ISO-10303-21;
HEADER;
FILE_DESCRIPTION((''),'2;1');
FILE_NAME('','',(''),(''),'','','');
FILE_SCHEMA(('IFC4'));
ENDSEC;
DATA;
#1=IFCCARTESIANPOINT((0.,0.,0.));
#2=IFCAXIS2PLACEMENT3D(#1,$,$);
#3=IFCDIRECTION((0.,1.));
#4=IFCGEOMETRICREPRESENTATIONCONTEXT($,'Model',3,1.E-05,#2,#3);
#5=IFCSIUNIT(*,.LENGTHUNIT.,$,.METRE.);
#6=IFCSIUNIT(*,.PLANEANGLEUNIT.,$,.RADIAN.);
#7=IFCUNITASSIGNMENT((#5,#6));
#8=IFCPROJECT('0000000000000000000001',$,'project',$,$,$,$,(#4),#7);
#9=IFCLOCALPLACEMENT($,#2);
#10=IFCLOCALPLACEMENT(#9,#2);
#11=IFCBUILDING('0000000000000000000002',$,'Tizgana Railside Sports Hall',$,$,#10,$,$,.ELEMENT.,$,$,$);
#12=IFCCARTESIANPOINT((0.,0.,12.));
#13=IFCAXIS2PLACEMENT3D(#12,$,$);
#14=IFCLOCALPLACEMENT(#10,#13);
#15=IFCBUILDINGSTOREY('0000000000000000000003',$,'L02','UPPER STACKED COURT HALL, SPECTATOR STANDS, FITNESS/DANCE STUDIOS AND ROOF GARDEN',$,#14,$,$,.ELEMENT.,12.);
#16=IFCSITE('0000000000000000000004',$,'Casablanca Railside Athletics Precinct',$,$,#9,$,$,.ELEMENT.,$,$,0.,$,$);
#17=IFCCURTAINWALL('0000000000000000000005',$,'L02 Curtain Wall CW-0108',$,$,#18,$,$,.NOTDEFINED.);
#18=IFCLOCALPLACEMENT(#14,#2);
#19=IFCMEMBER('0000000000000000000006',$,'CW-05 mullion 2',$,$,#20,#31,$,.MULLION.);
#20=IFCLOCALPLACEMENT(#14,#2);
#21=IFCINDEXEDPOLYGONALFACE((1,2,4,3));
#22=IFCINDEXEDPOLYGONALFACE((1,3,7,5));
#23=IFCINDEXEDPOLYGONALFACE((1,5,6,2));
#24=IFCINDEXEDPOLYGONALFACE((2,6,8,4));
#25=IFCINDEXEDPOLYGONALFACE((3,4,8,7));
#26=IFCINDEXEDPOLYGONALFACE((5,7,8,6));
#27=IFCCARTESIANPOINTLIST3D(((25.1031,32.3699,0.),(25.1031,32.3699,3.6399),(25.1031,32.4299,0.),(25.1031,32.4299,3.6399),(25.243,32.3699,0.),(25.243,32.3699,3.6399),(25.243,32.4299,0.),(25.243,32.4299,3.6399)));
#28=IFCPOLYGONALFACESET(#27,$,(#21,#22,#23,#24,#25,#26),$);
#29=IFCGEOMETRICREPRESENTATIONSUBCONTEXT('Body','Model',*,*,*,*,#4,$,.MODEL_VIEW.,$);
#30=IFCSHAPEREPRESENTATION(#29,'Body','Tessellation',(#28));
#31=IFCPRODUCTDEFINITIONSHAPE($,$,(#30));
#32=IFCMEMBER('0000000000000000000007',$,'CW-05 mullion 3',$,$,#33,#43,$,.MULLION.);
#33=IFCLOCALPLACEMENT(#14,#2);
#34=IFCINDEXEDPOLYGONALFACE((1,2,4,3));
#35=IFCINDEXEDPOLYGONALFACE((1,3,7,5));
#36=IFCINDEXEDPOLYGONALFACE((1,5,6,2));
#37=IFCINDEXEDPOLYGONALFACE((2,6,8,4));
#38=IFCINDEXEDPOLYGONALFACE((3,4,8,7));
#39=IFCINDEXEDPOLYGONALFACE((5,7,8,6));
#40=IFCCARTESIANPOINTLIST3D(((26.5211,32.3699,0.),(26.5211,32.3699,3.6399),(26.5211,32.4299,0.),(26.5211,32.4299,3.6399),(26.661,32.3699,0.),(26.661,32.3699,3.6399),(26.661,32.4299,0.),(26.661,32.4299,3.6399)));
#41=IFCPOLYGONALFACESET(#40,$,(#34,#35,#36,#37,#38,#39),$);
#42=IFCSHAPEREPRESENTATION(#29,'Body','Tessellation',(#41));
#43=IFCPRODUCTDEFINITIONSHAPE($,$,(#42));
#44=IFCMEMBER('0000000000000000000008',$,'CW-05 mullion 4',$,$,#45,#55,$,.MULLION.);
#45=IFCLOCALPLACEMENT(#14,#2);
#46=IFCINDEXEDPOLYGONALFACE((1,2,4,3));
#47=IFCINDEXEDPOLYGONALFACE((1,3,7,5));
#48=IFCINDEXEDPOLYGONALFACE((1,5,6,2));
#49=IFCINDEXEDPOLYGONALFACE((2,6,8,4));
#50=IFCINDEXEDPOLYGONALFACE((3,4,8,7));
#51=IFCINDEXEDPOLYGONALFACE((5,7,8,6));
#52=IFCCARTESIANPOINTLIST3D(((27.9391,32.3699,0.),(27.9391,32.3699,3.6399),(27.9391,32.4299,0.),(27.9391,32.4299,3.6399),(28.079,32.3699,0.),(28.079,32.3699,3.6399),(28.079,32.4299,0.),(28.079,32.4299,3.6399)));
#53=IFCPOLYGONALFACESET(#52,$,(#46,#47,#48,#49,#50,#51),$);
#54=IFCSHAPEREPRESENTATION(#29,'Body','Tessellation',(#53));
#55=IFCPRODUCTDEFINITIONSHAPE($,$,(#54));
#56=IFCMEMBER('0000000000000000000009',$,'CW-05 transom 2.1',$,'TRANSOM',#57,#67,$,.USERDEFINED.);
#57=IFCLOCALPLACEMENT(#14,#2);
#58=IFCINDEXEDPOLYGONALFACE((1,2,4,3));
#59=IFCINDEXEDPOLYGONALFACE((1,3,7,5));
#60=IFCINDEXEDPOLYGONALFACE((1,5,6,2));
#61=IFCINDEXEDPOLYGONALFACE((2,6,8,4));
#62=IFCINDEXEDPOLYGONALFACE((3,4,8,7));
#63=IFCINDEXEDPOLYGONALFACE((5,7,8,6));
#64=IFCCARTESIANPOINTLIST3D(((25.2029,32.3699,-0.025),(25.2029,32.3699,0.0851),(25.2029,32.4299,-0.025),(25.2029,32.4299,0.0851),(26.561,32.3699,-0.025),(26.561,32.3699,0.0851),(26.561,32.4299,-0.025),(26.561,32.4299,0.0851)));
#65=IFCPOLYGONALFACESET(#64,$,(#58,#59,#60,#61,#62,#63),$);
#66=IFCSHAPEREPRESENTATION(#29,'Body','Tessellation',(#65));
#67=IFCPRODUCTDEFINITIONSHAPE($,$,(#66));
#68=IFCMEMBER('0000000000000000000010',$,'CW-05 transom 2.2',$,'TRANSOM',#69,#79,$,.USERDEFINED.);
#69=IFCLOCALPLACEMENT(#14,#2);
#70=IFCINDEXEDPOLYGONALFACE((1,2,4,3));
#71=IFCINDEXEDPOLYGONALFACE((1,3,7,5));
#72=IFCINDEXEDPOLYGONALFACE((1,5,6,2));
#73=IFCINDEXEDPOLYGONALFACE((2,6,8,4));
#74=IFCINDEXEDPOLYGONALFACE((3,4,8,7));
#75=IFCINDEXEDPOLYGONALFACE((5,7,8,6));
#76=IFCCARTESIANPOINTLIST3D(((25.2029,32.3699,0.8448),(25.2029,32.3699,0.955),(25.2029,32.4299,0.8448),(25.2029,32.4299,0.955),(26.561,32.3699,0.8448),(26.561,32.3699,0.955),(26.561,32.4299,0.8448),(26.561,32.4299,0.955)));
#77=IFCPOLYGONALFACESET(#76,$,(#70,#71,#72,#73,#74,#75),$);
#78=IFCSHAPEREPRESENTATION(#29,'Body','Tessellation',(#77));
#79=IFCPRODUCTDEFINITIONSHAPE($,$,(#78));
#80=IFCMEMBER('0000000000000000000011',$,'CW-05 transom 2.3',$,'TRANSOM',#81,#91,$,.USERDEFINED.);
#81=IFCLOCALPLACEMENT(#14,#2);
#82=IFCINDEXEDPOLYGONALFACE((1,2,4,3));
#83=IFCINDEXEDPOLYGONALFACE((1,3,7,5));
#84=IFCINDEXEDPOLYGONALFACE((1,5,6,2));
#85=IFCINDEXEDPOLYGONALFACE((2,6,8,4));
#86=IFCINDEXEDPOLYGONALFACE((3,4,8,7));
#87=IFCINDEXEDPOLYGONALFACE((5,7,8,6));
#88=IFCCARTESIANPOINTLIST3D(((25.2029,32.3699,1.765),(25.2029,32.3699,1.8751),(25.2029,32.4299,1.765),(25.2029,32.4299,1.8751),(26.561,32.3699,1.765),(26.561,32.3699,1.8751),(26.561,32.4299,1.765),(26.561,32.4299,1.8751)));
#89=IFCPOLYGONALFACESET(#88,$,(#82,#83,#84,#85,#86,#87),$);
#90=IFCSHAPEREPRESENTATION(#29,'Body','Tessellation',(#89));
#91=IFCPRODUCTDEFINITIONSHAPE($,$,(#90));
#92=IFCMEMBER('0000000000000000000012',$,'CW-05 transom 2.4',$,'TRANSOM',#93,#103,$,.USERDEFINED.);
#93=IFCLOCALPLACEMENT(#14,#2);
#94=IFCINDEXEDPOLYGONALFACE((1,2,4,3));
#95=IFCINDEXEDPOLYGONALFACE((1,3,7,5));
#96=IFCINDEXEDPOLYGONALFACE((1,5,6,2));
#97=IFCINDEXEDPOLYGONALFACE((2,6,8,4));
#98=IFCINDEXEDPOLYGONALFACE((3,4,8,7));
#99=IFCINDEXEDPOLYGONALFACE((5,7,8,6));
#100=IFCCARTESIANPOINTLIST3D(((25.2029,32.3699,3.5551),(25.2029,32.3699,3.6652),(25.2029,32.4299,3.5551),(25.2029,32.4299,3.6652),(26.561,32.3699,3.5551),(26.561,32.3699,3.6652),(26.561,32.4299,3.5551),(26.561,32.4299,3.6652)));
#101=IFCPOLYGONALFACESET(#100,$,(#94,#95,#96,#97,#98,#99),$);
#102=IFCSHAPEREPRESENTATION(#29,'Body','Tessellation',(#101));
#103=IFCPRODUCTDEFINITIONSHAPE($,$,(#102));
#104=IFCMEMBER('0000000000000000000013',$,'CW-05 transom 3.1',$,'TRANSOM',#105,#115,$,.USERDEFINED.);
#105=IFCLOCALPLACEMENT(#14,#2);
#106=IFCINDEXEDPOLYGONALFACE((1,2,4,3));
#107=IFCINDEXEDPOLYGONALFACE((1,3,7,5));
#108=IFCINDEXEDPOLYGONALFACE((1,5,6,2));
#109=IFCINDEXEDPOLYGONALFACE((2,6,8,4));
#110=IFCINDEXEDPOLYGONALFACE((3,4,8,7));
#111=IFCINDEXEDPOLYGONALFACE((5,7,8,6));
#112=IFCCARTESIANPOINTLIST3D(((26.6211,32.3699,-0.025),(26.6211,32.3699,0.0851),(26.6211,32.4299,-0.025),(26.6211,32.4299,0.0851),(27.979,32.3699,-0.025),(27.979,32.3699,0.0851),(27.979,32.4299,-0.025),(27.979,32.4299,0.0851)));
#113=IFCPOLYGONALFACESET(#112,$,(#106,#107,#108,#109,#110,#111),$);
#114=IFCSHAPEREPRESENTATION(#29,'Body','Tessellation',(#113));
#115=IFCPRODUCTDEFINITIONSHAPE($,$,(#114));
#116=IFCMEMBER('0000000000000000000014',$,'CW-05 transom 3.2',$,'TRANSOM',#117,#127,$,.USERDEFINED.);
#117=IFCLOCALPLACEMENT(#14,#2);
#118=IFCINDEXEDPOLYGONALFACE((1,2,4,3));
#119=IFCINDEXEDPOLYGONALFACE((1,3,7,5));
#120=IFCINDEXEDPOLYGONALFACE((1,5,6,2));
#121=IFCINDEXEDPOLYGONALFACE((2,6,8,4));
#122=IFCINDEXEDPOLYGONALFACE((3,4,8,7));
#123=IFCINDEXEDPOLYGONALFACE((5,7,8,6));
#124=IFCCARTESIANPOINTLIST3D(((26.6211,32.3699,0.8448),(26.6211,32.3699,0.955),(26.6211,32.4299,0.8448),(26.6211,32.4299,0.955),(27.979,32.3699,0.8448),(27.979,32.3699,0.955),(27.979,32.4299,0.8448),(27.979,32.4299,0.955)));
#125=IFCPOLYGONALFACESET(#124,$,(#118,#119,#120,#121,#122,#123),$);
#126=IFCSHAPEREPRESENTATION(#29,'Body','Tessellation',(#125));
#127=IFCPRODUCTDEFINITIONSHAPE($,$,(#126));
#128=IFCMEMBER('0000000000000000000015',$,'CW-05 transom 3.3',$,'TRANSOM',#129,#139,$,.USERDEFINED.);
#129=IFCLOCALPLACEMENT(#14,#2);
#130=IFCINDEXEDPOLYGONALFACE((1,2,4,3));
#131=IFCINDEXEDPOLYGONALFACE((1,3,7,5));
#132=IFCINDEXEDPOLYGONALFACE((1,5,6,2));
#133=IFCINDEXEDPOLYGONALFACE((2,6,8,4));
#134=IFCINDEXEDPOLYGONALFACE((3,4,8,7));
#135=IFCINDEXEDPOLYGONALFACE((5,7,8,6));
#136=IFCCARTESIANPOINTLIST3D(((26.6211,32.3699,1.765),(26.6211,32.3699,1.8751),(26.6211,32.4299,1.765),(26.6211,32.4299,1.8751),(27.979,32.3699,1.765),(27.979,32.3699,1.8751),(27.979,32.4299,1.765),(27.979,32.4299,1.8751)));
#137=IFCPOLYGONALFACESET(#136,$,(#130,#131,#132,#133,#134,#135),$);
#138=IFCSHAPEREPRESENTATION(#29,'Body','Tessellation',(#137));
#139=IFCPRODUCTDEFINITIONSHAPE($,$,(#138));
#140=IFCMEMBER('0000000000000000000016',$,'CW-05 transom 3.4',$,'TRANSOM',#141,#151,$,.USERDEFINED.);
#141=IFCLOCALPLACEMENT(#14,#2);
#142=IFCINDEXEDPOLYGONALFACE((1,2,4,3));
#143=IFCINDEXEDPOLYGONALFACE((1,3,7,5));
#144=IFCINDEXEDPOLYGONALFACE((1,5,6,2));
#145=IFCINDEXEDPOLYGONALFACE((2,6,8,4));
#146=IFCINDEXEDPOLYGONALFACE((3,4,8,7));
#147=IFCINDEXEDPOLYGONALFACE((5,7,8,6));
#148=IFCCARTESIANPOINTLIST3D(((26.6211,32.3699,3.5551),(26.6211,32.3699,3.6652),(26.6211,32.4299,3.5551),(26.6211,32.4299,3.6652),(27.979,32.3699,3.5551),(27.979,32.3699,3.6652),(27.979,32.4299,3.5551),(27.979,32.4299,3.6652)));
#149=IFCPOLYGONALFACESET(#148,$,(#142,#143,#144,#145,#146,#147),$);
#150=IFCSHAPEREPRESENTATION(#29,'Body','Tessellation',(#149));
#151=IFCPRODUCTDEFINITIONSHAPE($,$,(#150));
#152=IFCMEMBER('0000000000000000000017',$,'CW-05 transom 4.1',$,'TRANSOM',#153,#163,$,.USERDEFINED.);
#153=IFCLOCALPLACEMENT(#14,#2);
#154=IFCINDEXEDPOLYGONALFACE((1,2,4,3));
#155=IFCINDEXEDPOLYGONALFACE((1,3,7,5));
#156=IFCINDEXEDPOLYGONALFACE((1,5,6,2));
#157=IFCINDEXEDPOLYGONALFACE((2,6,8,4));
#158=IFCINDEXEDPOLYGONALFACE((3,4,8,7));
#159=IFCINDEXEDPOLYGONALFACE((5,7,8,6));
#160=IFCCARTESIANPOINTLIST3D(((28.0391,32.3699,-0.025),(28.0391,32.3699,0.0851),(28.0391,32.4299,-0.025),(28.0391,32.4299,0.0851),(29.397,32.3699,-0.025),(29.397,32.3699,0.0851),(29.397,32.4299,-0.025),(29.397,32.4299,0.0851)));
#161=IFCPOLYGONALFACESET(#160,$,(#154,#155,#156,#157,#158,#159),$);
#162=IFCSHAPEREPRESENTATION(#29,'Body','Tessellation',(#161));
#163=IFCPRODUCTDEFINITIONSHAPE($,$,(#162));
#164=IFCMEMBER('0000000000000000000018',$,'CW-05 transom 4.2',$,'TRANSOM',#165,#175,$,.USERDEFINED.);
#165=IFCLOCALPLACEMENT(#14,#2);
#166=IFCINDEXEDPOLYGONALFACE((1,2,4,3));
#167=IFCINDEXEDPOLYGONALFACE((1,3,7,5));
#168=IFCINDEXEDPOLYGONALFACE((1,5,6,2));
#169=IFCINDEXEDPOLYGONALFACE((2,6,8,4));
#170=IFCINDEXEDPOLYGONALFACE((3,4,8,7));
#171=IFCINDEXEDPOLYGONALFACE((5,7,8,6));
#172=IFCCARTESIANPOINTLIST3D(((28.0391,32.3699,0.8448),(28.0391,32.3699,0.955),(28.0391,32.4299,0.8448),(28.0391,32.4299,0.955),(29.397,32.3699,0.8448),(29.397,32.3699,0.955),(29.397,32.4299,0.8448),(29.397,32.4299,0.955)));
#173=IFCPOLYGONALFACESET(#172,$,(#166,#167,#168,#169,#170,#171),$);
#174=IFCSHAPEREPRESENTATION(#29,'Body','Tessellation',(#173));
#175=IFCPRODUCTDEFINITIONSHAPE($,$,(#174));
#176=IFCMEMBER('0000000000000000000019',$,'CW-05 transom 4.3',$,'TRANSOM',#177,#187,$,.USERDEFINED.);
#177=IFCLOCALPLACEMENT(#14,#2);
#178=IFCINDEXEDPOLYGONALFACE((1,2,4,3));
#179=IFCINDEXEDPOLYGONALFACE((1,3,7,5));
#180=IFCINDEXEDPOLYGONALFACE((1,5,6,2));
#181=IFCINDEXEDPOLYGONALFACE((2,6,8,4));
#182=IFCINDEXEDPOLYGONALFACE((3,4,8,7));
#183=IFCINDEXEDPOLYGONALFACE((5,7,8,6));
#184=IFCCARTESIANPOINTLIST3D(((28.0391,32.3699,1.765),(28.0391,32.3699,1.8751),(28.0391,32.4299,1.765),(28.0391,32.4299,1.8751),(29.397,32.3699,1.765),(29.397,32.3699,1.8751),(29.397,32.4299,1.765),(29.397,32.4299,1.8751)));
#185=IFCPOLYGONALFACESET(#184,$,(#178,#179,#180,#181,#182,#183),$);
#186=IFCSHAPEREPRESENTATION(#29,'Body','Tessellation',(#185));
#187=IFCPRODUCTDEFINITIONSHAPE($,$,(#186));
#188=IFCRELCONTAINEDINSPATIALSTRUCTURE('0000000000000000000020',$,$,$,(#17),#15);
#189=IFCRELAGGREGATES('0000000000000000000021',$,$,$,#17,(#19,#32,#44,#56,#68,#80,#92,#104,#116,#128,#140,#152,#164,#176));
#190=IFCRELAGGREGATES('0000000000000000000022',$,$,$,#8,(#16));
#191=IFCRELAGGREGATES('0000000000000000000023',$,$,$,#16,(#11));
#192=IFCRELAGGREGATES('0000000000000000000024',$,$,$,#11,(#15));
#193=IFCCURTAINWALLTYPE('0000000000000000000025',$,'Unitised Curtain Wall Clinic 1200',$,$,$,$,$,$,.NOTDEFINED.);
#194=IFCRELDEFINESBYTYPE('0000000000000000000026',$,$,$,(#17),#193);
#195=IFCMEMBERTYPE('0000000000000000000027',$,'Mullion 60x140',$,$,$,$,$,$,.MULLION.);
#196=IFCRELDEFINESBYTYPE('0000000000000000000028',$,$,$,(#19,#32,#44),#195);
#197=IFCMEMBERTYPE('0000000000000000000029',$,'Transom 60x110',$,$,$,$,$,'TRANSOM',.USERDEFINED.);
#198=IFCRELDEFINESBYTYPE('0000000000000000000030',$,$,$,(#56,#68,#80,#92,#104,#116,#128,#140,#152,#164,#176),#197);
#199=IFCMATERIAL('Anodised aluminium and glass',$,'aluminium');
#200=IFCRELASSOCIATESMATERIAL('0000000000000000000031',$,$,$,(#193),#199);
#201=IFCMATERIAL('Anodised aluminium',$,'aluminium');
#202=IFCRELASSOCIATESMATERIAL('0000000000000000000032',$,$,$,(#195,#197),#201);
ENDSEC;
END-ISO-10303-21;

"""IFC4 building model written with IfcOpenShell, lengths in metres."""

from ifc_helpers import new_model, si_unit, direction, frame, origin, origin_2d, place, context, subcontext, project, spatial, rectangle, extrude, material, material_profile, profile_set, type_object, element, aggregate, save


model = new_model("IFC4")

# Units and contexts
model_context = context("Model", 3, precision=1e-05, world=origin(), true_north=direction((0.0, 1.0)))
body_context = subcontext(model_context, "Body", "Model", "MODEL_VIEW")
ifc_project = project(units=[si_unit("LENGTHUNIT", "METRE"), si_unit("PLANEANGLEUNIT", "RADIAN")], contexts=[model_context])

# Site, building, storey
site_placement = place(None, origin())
site = spatial("IfcSite", under=ifc_project, at=site_placement, Name="Casablanca Railside Athletics Precinct", CompositionType="ELEMENT", RefElevation=0.0)
building_placement = place(site_placement, origin())
building = spatial("IfcBuilding", under=site, at=building_placement, Name="Tizgana Railside Sports Hall", CompositionType="ELEMENT")
storey_placement = place(building_placement, frame((0.0, 0.0, 12.0)))
storey = spatial("IfcBuildingStorey", under=building, at=storey_placement, Name="L02", Description="UPPER STACKED COURT HALL, SPECTATOR STANDS, FITNESS/DANCE STUDIOS AND ROOF GARDEN", CompositionType="ELEMENT", Elevation=12.0)

# Curtain wall, members
ifc_material_1 = material(Name="Anodised aluminium and glass", Category="aluminium")
curtain_wall_type = type_object("IfcCurtainWallType", Name="Unitised Curtain Wall Clinic 1200", PredefinedType="NOTDEFINED", material=ifc_material_1)
curtain_wall_placement = place(storey_placement, origin())
curtain_wall = element("IfcCurtainWall", 1, at=curtain_wall_placement, inside=storey, type_object=curtain_wall_type, Name="L02 Curtain Wall CW-0108", PredefinedType="NOTDEFINED")
ifc_material_2 = material(Name="Anodised aluminium", Category="aluminium")
ifc_material_profile_1 = material_profile(ifc_material_2, rectangle(XDim=0.0601, YDim=0.1399, at=origin_2d()), Name="Mullion 60x140")
ifc_profile_set_1 = profile_set([ifc_material_profile_1], Name="Anodised aluminium")
member_type_1 = type_object("IfcMemberType", Name="Mullion 60x140", PredefinedType="MULLION", material=ifc_profile_set_1)
member_1_placement = place(storey_placement, frame((25.1731, 32.3999, 0.0), z_axis=(0.0, 0.0, 1.0), x_axis=(0.0, 1.0, 0.0)))
member_1 = element("IfcMember", 2, at=member_1_placement, type_object=member_type_1, Name="CW-05 mullion 2", PredefinedType="MULLION", context=body_context, shape_type="SweptSolid", body=[
    extrude(rectangle(XDim=0.0601, YDim=0.1399, at=origin_2d()), origin(), (0.0, 0.0, 1.0), 3.6399),
])
member_2_placement = place(storey_placement, frame((26.5911, 32.3999, 0.0), z_axis=(0.0, 0.0, 1.0), x_axis=(0.0, 1.0, 0.0)))
member_2 = element("IfcMember", 3, at=member_2_placement, type_object=member_type_1, Name="CW-05 mullion 3", PredefinedType="MULLION", context=body_context, shape_type="SweptSolid", body=[
    extrude(rectangle(XDim=0.0601, YDim=0.1399, at=origin_2d()), origin(), (0.0, 0.0, 1.0), 3.6399),
])
member_3_placement = place(storey_placement, frame((28.009, 32.3999, 0.0), z_axis=(0.0, 0.0, 1.0), x_axis=(0.0, 1.0, 0.0)))
member_3 = element("IfcMember", 4, at=member_3_placement, type_object=member_type_1, Name="CW-05 mullion 4", PredefinedType="MULLION", context=body_context, shape_type="SweptSolid", body=[
    extrude(rectangle(XDim=0.0601, YDim=0.1399, at=origin_2d()), origin(), (0.0, 0.0, 1.0), 3.6399),
])
ifc_material_profile_2 = material_profile(ifc_material_2, rectangle(XDim=0.0601, YDim=0.1101, at=origin_2d()), Name="Transom 60x110")
ifc_profile_set_2 = profile_set([ifc_material_profile_2], Name="Anodised aluminium")
member_type_2 = type_object("IfcMemberType", Name="Transom 60x110", ElementType="TRANSOM", PredefinedType="USERDEFINED", material=ifc_profile_set_2)
member_4_placement = place(storey_placement, frame((25.2029, 32.3999, 0.03), z_axis=(1.0, 0.0, 0.0), x_axis=(0.0, 1.0, 0.0)))
member_4 = element("IfcMember", 5, at=member_4_placement, type_object=member_type_2, Name="CW-05 transom 2.1", ObjectType="TRANSOM", PredefinedType="USERDEFINED", context=body_context, shape_type="SweptSolid", body=[
    extrude(rectangle(XDim=0.0601, YDim=0.1101, at=origin_2d()), origin(), (0.0, 0.0, 1.0), 1.3582),
])
member_5_placement = place(storey_placement, frame((25.2029, 32.3999, 0.8999), z_axis=(1.0, 0.0, 0.0), x_axis=(0.0, 1.0, 0.0)))
member_5 = element("IfcMember", 6, at=member_5_placement, type_object=member_type_2, Name="CW-05 transom 2.2", ObjectType="TRANSOM", PredefinedType="USERDEFINED", context=body_context, shape_type="SweptSolid", body=[
    extrude(rectangle(XDim=0.0601, YDim=0.1101, at=origin_2d()), origin(), (0.0, 0.0, 1.0), 1.3582),
])
member_6_placement = place(storey_placement, frame((25.2029, 32.3999, 1.8201), z_axis=(1.0, 0.0, 0.0), x_axis=(0.0, 1.0, 0.0)))
member_6 = element("IfcMember", 7, at=member_6_placement, type_object=member_type_2, Name="CW-05 transom 2.3", ObjectType="TRANSOM", PredefinedType="USERDEFINED", context=body_context, shape_type="SweptSolid", body=[
    extrude(rectangle(XDim=0.0601, YDim=0.1101, at=origin_2d()), origin(), (0.0, 0.0, 1.0), 1.3582),
])
member_7_placement = place(storey_placement, frame((25.2029, 32.3999, 3.6101), z_axis=(1.0, 0.0, 0.0), x_axis=(0.0, 1.0, 0.0)))
member_7 = element("IfcMember", 8, at=member_7_placement, type_object=member_type_2, Name="CW-05 transom 2.4", ObjectType="TRANSOM", PredefinedType="USERDEFINED", context=body_context, shape_type="SweptSolid", body=[
    extrude(rectangle(XDim=0.0601, YDim=0.1101, at=origin_2d()), origin(), (0.0, 0.0, 1.0), 1.3582),
])
member_8_placement = place(storey_placement, frame((26.6211, 32.3999, 0.03), z_axis=(1.0, 0.0, 0.0), x_axis=(0.0, 1.0, 0.0)))
member_8 = element("IfcMember", 9, at=member_8_placement, type_object=member_type_2, Name="CW-05 transom 3.1", ObjectType="TRANSOM", PredefinedType="USERDEFINED", context=body_context, shape_type="SweptSolid", body=[
    extrude(rectangle(XDim=0.0601, YDim=0.1101, at=origin_2d()), origin(), (0.0, 0.0, 1.0), 1.3579),
])
member_9_placement = place(storey_placement, frame((26.6211, 32.3999, 0.8999), z_axis=(1.0, 0.0, 0.0), x_axis=(0.0, 1.0, 0.0)))
member_9 = element("IfcMember", 10, at=member_9_placement, type_object=member_type_2, Name="CW-05 transom 3.2", ObjectType="TRANSOM", PredefinedType="USERDEFINED", context=body_context, shape_type="SweptSolid", body=[
    extrude(rectangle(XDim=0.0601, YDim=0.1101, at=origin_2d()), origin(), (0.0, 0.0, 1.0), 1.3579),
])
member_10_placement = place(storey_placement, frame((26.6211, 32.3999, 1.8201), z_axis=(1.0, 0.0, 0.0), x_axis=(0.0, 1.0, 0.0)))
member_10 = element("IfcMember", 11, at=member_10_placement, type_object=member_type_2, Name="CW-05 transom 3.3", ObjectType="TRANSOM", PredefinedType="USERDEFINED", context=body_context, shape_type="SweptSolid", body=[
    extrude(rectangle(XDim=0.0601, YDim=0.1101, at=origin_2d()), origin(), (0.0, 0.0, 1.0), 1.3579),
])
member_11_placement = place(storey_placement, frame((26.6211, 32.3999, 3.6101), z_axis=(1.0, 0.0, 0.0), x_axis=(0.0, 1.0, 0.0)))
member_11 = element("IfcMember", 12, at=member_11_placement, type_object=member_type_2, Name="CW-05 transom 3.4", ObjectType="TRANSOM", PredefinedType="USERDEFINED", context=body_context, shape_type="SweptSolid", body=[
    extrude(rectangle(XDim=0.0601, YDim=0.1101, at=origin_2d()), origin(), (0.0, 0.0, 1.0), 1.3579),
])
member_12_placement = place(storey_placement, frame((28.0391, 32.3999, 0.03), z_axis=(1.0, 0.0, 0.0), x_axis=(0.0, 1.0, 0.0)))
member_12 = element("IfcMember", 13, at=member_12_placement, type_object=member_type_2, Name="CW-05 transom 4.1", ObjectType="TRANSOM", PredefinedType="USERDEFINED", context=body_context, shape_type="SweptSolid", body=[
    extrude(rectangle(XDim=0.0601, YDim=0.1101, at=origin_2d()), origin(), (0.0, 0.0, 1.0), 1.3579),
])
member_13_placement = place(storey_placement, frame((28.0391, 32.3999, 0.8999), z_axis=(1.0, 0.0, 0.0), x_axis=(0.0, 1.0, 0.0)))
member_13 = element("IfcMember", 14, at=member_13_placement, type_object=member_type_2, Name="CW-05 transom 4.2", ObjectType="TRANSOM", PredefinedType="USERDEFINED", context=body_context, shape_type="SweptSolid", body=[
    extrude(rectangle(XDim=0.0601, YDim=0.1101, at=origin_2d()), origin(), (0.0, 0.0, 1.0), 1.3579),
])
member_14_placement = place(storey_placement, frame((28.0391, 32.3999, 1.8201), z_axis=(1.0, 0.0, 0.0), x_axis=(0.0, 1.0, 0.0)))
member_14 = element("IfcMember", 15, at=member_14_placement, type_object=member_type_2, Name="CW-05 transom 4.3", ObjectType="TRANSOM", PredefinedType="USERDEFINED", context=body_context, shape_type="SweptSolid", body=[
    extrude(rectangle(XDim=0.0601, YDim=0.1101, at=origin_2d()), origin(), (0.0, 0.0, 1.0), 1.3579),
])
aggregate(curtain_wall, [member_1, member_2, member_3, member_4, member_5, member_6, member_7, member_8, member_9, member_10, member_11, member_12, member_13, member_14])

save(model, "model.ifc")
